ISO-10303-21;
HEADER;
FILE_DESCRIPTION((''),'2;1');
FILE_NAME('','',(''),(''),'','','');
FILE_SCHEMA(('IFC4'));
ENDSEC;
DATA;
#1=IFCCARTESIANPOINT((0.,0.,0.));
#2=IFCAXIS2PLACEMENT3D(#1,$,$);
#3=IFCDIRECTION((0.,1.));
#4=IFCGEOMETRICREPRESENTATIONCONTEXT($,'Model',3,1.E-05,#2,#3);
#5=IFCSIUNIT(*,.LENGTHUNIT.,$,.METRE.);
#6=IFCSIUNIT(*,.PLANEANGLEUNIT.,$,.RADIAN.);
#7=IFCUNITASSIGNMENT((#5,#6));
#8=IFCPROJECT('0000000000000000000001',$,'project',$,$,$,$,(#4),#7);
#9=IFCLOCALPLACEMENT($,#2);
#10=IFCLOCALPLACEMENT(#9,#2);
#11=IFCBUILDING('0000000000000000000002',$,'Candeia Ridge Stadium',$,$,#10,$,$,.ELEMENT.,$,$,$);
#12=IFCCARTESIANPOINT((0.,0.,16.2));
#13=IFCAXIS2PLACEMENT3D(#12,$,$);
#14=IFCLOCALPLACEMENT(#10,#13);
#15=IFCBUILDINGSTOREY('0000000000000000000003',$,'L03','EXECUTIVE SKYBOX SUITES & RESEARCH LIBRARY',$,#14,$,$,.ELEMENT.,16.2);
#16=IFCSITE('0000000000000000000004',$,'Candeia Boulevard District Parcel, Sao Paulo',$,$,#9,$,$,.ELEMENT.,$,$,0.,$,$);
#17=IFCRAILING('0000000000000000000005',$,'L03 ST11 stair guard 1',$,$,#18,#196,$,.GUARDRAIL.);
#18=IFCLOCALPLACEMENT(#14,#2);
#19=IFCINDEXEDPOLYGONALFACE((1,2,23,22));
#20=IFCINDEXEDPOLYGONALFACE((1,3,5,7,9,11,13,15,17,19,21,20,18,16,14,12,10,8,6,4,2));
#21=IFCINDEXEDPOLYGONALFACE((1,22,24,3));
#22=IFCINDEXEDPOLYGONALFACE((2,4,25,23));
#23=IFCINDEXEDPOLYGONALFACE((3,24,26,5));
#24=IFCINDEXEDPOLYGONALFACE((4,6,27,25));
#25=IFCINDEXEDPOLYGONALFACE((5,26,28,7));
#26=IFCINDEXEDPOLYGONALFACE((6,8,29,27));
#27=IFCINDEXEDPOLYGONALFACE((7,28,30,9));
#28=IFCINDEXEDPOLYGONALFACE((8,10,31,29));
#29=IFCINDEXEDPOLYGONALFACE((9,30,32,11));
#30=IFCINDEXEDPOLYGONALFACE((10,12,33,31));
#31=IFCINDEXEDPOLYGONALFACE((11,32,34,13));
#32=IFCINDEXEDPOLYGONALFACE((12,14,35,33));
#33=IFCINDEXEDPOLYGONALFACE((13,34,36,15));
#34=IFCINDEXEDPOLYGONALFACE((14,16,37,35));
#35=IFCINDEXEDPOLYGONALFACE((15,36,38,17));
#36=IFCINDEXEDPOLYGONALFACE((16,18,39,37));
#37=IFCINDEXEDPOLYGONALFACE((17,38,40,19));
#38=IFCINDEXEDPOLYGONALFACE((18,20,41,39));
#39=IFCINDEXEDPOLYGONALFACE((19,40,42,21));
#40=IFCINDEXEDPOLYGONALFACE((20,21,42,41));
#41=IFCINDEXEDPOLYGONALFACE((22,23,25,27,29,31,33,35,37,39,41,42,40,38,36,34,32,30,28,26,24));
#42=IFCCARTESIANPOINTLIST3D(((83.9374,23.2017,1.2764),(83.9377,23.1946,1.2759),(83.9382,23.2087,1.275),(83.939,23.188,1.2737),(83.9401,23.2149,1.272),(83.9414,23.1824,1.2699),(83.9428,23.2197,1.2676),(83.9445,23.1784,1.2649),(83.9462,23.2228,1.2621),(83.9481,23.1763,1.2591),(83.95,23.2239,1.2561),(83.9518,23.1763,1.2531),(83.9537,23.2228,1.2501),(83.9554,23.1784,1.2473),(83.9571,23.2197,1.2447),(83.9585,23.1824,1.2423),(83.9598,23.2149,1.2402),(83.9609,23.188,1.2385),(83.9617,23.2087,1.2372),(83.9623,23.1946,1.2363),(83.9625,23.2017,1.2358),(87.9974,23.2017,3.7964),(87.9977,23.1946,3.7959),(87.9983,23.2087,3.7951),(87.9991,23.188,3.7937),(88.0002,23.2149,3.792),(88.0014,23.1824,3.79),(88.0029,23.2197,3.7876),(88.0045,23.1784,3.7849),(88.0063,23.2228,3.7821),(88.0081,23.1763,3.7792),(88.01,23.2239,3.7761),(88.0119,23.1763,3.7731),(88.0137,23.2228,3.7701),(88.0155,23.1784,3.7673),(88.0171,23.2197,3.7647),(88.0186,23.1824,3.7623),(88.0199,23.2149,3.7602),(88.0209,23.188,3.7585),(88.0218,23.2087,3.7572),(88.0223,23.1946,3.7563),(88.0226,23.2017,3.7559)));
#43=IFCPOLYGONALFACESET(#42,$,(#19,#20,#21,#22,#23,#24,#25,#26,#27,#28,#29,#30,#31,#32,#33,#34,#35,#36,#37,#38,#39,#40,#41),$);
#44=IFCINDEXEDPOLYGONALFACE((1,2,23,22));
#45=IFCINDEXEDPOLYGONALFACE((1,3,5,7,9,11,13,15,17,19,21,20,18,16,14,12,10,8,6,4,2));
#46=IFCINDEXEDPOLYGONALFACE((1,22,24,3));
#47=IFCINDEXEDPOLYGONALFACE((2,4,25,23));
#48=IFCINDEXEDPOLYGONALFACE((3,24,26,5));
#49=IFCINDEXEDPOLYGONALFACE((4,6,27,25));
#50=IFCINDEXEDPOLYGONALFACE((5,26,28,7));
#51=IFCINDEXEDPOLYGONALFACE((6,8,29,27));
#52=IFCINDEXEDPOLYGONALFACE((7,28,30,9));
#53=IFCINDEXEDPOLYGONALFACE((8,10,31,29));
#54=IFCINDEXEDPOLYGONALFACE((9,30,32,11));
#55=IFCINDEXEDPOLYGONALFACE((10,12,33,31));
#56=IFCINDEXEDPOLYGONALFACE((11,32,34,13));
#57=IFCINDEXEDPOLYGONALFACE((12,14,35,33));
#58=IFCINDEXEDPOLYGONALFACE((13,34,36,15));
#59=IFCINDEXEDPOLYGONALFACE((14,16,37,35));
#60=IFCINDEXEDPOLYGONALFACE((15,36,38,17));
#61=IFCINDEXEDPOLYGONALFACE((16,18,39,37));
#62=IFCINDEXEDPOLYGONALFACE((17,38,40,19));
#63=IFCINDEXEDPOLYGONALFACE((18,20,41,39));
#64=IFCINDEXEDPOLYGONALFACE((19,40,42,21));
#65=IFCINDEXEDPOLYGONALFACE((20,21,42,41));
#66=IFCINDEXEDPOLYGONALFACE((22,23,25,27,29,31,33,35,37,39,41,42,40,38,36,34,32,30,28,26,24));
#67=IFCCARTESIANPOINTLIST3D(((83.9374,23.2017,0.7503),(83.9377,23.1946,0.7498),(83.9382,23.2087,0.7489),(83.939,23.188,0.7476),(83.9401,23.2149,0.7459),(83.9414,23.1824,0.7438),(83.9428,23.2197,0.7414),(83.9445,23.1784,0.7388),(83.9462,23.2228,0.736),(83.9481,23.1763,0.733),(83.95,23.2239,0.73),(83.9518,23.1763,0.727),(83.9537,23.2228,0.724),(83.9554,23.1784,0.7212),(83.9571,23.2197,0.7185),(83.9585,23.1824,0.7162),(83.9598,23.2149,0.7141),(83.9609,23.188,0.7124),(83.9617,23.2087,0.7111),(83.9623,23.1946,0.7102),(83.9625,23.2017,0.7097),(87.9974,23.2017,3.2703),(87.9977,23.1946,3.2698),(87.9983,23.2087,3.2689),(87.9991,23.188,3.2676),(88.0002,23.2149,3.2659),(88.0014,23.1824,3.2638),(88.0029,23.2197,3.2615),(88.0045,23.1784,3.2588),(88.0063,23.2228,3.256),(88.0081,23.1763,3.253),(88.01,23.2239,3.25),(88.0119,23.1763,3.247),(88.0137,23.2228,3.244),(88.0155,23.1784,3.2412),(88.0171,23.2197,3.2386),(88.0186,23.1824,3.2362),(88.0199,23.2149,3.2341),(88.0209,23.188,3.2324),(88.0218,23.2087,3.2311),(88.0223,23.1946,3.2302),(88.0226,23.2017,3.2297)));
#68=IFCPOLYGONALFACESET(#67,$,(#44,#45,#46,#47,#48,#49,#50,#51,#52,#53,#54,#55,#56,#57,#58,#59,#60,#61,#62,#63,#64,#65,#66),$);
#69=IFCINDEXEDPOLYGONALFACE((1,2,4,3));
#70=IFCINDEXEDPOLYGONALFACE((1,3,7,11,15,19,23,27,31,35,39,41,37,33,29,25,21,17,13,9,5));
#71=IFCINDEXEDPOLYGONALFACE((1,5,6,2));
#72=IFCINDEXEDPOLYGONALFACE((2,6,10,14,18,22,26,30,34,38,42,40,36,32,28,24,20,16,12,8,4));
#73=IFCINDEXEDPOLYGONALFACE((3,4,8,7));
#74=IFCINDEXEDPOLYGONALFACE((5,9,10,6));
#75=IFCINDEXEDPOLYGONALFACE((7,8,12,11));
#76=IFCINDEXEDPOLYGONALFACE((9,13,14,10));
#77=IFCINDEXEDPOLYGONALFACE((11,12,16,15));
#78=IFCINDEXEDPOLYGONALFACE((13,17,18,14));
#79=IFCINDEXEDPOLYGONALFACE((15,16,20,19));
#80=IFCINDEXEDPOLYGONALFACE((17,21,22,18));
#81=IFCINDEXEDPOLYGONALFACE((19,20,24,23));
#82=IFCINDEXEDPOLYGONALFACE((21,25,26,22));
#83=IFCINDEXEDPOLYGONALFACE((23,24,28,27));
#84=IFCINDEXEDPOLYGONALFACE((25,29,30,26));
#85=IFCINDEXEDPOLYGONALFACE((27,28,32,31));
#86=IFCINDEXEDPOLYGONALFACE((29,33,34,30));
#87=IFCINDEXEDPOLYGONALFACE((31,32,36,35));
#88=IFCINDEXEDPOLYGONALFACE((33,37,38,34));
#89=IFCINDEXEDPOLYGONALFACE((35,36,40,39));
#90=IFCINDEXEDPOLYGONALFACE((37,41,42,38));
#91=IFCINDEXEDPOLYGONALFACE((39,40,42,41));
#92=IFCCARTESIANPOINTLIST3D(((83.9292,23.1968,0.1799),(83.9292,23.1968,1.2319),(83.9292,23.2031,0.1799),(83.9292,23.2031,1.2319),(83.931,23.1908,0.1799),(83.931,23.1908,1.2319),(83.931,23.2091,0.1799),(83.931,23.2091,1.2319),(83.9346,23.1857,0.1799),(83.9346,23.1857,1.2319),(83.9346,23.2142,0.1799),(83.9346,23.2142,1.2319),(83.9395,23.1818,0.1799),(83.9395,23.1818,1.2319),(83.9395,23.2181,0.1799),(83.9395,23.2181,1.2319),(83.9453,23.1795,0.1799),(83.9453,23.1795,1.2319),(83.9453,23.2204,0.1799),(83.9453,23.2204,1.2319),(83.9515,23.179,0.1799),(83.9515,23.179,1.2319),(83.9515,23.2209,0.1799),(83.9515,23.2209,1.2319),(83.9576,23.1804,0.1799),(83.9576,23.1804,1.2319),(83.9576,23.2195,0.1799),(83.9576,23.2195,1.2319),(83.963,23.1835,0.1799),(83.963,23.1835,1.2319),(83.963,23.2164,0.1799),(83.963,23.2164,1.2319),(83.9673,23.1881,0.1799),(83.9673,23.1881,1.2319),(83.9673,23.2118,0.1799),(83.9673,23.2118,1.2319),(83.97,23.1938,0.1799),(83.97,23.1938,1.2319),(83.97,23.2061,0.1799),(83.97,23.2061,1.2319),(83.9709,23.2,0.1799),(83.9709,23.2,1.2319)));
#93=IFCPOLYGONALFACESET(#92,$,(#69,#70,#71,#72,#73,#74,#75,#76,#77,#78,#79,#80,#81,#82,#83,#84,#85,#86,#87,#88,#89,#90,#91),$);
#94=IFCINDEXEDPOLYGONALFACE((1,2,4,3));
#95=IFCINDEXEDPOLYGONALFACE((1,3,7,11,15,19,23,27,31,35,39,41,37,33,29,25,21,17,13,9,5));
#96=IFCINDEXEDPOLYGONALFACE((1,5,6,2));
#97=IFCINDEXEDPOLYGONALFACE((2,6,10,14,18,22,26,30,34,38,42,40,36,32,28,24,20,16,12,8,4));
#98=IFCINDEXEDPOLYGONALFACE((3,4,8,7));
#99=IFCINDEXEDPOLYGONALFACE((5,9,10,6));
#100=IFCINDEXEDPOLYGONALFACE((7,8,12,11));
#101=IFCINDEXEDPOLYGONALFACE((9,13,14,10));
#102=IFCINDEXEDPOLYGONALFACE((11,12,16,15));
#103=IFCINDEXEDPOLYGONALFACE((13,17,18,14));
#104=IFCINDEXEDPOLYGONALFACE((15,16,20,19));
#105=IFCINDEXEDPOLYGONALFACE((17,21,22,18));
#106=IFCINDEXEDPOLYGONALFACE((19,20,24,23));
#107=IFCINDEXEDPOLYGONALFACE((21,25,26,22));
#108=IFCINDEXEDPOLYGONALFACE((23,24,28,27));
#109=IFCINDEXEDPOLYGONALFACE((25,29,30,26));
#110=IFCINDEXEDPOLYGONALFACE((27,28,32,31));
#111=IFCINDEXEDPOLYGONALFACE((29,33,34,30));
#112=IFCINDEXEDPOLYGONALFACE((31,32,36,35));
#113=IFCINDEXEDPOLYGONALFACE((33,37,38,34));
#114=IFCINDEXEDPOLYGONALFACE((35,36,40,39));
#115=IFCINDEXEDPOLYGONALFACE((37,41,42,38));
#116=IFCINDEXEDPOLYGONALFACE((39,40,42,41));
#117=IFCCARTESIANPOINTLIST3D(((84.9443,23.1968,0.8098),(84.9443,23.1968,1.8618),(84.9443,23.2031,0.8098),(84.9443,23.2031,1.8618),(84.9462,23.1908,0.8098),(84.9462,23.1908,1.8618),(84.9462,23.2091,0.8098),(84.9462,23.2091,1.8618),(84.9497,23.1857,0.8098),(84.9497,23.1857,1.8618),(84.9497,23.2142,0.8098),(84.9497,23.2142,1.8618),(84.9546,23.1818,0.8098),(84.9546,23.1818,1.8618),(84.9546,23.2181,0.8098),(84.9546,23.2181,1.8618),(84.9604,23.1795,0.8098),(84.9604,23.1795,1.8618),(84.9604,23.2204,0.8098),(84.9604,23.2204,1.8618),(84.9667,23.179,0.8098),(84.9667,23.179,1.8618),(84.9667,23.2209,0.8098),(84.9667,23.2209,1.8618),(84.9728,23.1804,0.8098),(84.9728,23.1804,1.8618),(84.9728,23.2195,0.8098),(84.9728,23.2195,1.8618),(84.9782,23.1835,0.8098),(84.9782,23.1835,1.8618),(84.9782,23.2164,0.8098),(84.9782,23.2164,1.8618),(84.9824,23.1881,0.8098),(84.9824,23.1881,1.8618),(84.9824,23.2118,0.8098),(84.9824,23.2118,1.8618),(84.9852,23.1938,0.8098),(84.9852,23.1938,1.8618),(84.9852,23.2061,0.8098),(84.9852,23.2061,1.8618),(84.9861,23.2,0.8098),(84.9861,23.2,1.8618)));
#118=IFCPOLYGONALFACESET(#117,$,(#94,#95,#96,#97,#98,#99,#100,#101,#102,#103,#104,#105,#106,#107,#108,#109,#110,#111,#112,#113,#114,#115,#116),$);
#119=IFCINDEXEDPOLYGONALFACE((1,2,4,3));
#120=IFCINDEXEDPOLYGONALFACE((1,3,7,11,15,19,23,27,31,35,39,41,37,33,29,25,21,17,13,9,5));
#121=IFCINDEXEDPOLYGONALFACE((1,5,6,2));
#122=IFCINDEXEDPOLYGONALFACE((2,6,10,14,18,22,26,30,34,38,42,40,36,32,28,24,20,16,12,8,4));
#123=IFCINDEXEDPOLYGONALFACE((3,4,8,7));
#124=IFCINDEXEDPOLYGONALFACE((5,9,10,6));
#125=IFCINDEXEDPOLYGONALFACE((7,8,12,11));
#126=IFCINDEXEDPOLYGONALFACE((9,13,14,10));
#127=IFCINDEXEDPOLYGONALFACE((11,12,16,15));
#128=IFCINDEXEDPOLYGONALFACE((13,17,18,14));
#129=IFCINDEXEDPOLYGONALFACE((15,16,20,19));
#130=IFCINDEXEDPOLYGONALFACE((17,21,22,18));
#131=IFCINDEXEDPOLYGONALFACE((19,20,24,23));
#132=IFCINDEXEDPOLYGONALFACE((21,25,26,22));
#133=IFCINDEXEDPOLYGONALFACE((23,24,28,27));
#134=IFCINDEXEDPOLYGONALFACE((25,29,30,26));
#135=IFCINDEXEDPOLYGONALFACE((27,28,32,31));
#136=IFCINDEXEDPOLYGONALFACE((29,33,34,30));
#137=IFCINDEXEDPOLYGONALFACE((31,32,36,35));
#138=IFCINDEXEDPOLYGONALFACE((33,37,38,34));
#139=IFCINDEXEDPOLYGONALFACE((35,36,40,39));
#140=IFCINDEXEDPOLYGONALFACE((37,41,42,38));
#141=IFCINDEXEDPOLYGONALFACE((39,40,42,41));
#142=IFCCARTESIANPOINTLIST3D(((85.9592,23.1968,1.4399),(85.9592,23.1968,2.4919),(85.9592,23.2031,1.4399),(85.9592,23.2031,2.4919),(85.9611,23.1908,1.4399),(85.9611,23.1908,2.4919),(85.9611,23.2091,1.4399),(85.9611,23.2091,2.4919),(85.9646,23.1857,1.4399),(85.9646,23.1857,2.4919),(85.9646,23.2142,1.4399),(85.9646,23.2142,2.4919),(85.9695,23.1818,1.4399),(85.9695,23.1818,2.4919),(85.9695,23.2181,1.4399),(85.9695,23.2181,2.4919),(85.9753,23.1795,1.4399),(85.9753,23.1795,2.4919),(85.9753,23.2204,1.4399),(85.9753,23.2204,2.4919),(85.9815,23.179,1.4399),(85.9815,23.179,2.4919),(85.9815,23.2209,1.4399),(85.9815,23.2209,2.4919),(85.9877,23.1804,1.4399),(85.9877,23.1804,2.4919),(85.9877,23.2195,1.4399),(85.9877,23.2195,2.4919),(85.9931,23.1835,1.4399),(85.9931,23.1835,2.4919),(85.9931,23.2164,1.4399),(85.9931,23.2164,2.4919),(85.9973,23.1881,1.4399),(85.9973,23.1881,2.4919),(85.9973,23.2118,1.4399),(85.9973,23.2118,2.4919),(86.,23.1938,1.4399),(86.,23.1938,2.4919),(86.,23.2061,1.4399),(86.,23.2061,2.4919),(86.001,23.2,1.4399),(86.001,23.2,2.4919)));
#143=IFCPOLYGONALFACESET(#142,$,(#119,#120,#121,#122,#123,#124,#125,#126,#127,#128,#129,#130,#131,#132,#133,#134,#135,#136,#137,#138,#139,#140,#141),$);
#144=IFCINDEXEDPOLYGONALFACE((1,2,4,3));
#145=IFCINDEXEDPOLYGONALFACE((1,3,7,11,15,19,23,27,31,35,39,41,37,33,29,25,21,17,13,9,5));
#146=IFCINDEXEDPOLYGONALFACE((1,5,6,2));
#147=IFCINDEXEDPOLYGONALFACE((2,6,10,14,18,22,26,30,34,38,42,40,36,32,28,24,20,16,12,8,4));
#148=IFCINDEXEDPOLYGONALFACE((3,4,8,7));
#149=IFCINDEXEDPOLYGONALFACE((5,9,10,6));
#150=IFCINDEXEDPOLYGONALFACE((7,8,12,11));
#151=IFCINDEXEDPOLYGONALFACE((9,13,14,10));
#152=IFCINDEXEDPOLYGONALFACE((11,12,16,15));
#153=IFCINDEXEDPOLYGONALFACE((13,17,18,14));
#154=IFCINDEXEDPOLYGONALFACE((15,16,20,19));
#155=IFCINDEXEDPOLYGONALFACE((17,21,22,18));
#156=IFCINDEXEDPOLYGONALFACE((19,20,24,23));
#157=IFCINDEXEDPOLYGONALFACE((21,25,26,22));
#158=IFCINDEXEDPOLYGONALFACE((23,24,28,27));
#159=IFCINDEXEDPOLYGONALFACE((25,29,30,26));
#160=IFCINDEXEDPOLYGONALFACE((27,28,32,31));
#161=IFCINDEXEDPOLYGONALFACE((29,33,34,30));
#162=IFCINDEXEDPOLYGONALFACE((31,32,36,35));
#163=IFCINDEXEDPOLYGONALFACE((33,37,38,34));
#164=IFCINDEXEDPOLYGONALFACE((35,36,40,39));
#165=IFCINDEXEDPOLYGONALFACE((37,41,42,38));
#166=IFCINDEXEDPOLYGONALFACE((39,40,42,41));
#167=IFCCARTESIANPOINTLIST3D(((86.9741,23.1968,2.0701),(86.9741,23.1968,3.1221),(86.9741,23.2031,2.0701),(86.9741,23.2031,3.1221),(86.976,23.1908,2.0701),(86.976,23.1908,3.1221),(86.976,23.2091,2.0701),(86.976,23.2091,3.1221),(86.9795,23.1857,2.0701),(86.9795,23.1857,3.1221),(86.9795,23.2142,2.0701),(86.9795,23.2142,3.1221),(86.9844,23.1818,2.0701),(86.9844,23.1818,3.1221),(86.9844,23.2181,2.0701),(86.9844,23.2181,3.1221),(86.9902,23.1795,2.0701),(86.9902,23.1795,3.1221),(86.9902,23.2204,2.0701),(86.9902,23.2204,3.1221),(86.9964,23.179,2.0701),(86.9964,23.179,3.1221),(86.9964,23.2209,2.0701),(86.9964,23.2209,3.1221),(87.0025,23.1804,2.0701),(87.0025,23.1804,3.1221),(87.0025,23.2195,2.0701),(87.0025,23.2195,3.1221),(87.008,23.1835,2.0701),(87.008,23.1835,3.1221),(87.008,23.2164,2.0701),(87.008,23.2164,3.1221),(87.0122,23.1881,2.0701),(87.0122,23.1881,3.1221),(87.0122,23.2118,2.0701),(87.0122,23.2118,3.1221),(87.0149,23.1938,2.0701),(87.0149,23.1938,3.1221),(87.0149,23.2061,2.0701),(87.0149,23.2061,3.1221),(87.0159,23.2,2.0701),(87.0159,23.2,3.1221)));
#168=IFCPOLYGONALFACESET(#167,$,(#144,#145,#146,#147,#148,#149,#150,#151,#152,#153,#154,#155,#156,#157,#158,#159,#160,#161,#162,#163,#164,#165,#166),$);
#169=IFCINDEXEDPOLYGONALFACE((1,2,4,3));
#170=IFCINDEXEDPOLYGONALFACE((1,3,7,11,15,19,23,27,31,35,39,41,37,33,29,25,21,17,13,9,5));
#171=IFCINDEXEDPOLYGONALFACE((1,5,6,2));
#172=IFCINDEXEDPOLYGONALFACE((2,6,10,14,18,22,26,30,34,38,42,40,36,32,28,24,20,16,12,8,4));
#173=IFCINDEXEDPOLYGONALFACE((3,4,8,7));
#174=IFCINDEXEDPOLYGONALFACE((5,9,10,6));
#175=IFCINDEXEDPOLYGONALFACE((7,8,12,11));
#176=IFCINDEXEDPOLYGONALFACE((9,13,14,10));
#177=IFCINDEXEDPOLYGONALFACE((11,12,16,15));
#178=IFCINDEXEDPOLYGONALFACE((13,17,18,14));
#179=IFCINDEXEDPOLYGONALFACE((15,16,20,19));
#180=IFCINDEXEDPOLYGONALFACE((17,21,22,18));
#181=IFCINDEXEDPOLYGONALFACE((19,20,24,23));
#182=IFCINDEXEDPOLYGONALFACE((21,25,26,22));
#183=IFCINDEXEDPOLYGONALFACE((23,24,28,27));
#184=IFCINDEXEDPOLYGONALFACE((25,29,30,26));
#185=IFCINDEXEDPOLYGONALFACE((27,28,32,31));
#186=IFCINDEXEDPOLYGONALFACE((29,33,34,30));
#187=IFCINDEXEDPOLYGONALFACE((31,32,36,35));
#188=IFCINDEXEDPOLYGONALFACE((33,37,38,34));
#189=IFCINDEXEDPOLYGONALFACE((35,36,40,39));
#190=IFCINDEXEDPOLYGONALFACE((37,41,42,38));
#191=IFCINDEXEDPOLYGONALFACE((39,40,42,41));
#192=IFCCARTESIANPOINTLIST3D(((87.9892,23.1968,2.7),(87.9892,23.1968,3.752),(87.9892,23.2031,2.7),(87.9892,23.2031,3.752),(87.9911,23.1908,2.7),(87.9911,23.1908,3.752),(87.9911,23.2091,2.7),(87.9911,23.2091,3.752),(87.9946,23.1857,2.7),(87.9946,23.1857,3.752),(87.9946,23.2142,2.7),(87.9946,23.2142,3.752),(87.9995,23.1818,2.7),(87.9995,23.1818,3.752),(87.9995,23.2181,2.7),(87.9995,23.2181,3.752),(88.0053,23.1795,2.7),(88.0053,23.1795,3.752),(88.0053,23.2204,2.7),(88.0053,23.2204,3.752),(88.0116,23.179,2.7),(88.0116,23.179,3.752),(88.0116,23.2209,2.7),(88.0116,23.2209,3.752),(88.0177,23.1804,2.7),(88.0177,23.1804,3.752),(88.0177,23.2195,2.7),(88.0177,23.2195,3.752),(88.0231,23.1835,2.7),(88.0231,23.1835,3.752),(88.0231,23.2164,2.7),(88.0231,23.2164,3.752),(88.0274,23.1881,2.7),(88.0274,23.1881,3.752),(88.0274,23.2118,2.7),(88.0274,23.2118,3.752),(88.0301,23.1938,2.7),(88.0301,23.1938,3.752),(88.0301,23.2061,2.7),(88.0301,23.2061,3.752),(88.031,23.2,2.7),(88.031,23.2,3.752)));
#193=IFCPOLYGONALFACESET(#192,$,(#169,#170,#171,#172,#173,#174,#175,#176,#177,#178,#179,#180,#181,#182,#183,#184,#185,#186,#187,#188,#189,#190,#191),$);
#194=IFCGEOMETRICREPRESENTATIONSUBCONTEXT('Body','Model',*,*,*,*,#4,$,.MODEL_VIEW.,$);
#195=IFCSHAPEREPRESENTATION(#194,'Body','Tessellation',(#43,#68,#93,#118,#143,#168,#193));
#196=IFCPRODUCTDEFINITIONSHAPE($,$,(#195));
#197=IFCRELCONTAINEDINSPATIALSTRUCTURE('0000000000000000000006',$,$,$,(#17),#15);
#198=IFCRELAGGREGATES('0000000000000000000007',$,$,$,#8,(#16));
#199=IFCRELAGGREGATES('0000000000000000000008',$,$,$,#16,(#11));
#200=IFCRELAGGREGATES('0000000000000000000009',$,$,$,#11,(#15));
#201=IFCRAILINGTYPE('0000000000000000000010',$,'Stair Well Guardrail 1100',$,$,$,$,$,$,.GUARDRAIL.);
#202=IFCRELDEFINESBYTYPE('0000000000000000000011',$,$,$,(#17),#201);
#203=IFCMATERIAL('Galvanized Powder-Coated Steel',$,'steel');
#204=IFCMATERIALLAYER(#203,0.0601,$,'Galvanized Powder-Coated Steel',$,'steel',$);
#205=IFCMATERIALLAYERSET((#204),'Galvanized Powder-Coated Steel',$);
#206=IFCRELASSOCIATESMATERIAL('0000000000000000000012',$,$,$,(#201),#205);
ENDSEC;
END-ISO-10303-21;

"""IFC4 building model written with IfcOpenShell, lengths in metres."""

from ifc_helpers import new_model, si_unit, direction, frame, origin, origin_2d, place, context, subcontext, project, spatial, circle, extrude, material, layer, layer_set, type_object, element, save


model = new_model("IFC4")

# Units and contexts
model_context = context("Model", 3, precision=1e-05, world=origin(), true_north=direction((0.0, 1.0)))
body_context = subcontext(model_context, "Body", "Model", "MODEL_VIEW")
ifc_project = project(units=[si_unit("LENGTHUNIT", "METRE"), si_unit("PLANEANGLEUNIT", "RADIAN")], contexts=[model_context])

# Site, building, storey
site_placement = place(None, origin())
site = spatial("IfcSite", under=ifc_project, at=site_placement, Name="Candeia Boulevard District Parcel, Sao Paulo", CompositionType="ELEMENT", RefElevation=0.0)
building_placement = place(site_placement, origin())
building = spatial("IfcBuilding", under=site, at=building_placement, Name="Candeia Ridge Stadium", CompositionType="ELEMENT")
storey_placement = place(building_placement, frame((0.0, 0.0, 16.2)))
storey = spatial("IfcBuildingStorey", under=building, at=storey_placement, Name="L03", Description="EXECUTIVE SKYBOX SUITES & RESEARCH LIBRARY", CompositionType="ELEMENT", Elevation=16.2)

# Railing
ifc_material_1 = material(Name="Galvanized Powder-Coated Steel", Category="steel")
ifc_layer_1 = layer(ifc_material_1, 0.0601, Name="Galvanized Powder-Coated Steel", Category="steel")
ifc_layer_set_1 = layer_set([ifc_layer_1], Name="Galvanized Powder-Coated Steel")
railing_type_1 = type_object("IfcRailingType", Name="Stair Well Guardrail 1100", PredefinedType="GUARDRAIL", material=ifc_layer_set_1)
railing_1_placement = place(storey_placement, frame((83.95, 23.2, 0.1799)))
element("IfcRailing", 1, at=railing_1_placement, inside=storey, type_object=railing_type_1, Name="L03 ST11 stair guard 1", PredefinedType="GUARDRAIL", context=body_context, shape_type="SweptSolid", body=[
    extrude(circle(Radius=0.0239, at=origin_2d()), frame((0.0, 0.0, 1.0762), z_axis=(0.849642, 0.0, 0.52736), x_axis=(0.0, 1.0, 0.0)), (0.0, 0.0, 1.0), 4.7786),
    extrude(circle(Radius=0.0239, at=origin_2d()), frame((0.0, 0.0, 0.55), z_axis=(0.849642, 0.0, 0.52736), x_axis=(0.0, 1.0, 0.0)), (0.0, 0.0, 1.0), 4.7786),
    extrude(circle(Radius=0.021, at=origin_2d()), origin(), (0.0, 0.0, 1.0), 1.052),
    extrude(circle(Radius=0.021, at=origin_2d()), frame((1.0151, 0.0, 0.6299)), (0.0, 0.0, 1.0), 1.052),
    extrude(circle(Radius=0.021, at=origin_2d()), frame((2.03, 0.0, 1.26)), (0.0, 0.0, 1.0), 1.052),
    extrude(circle(Radius=0.021, at=origin_2d()), frame((3.0449, 0.0, 1.8901)), (0.0, 0.0, 1.0), 1.052),
    extrude(circle(Radius=0.021, at=origin_2d()), frame((4.0601, 0.0, 2.52)), (0.0, 0.0, 1.0), 1.052),
])

save(model, "model.ifc")
